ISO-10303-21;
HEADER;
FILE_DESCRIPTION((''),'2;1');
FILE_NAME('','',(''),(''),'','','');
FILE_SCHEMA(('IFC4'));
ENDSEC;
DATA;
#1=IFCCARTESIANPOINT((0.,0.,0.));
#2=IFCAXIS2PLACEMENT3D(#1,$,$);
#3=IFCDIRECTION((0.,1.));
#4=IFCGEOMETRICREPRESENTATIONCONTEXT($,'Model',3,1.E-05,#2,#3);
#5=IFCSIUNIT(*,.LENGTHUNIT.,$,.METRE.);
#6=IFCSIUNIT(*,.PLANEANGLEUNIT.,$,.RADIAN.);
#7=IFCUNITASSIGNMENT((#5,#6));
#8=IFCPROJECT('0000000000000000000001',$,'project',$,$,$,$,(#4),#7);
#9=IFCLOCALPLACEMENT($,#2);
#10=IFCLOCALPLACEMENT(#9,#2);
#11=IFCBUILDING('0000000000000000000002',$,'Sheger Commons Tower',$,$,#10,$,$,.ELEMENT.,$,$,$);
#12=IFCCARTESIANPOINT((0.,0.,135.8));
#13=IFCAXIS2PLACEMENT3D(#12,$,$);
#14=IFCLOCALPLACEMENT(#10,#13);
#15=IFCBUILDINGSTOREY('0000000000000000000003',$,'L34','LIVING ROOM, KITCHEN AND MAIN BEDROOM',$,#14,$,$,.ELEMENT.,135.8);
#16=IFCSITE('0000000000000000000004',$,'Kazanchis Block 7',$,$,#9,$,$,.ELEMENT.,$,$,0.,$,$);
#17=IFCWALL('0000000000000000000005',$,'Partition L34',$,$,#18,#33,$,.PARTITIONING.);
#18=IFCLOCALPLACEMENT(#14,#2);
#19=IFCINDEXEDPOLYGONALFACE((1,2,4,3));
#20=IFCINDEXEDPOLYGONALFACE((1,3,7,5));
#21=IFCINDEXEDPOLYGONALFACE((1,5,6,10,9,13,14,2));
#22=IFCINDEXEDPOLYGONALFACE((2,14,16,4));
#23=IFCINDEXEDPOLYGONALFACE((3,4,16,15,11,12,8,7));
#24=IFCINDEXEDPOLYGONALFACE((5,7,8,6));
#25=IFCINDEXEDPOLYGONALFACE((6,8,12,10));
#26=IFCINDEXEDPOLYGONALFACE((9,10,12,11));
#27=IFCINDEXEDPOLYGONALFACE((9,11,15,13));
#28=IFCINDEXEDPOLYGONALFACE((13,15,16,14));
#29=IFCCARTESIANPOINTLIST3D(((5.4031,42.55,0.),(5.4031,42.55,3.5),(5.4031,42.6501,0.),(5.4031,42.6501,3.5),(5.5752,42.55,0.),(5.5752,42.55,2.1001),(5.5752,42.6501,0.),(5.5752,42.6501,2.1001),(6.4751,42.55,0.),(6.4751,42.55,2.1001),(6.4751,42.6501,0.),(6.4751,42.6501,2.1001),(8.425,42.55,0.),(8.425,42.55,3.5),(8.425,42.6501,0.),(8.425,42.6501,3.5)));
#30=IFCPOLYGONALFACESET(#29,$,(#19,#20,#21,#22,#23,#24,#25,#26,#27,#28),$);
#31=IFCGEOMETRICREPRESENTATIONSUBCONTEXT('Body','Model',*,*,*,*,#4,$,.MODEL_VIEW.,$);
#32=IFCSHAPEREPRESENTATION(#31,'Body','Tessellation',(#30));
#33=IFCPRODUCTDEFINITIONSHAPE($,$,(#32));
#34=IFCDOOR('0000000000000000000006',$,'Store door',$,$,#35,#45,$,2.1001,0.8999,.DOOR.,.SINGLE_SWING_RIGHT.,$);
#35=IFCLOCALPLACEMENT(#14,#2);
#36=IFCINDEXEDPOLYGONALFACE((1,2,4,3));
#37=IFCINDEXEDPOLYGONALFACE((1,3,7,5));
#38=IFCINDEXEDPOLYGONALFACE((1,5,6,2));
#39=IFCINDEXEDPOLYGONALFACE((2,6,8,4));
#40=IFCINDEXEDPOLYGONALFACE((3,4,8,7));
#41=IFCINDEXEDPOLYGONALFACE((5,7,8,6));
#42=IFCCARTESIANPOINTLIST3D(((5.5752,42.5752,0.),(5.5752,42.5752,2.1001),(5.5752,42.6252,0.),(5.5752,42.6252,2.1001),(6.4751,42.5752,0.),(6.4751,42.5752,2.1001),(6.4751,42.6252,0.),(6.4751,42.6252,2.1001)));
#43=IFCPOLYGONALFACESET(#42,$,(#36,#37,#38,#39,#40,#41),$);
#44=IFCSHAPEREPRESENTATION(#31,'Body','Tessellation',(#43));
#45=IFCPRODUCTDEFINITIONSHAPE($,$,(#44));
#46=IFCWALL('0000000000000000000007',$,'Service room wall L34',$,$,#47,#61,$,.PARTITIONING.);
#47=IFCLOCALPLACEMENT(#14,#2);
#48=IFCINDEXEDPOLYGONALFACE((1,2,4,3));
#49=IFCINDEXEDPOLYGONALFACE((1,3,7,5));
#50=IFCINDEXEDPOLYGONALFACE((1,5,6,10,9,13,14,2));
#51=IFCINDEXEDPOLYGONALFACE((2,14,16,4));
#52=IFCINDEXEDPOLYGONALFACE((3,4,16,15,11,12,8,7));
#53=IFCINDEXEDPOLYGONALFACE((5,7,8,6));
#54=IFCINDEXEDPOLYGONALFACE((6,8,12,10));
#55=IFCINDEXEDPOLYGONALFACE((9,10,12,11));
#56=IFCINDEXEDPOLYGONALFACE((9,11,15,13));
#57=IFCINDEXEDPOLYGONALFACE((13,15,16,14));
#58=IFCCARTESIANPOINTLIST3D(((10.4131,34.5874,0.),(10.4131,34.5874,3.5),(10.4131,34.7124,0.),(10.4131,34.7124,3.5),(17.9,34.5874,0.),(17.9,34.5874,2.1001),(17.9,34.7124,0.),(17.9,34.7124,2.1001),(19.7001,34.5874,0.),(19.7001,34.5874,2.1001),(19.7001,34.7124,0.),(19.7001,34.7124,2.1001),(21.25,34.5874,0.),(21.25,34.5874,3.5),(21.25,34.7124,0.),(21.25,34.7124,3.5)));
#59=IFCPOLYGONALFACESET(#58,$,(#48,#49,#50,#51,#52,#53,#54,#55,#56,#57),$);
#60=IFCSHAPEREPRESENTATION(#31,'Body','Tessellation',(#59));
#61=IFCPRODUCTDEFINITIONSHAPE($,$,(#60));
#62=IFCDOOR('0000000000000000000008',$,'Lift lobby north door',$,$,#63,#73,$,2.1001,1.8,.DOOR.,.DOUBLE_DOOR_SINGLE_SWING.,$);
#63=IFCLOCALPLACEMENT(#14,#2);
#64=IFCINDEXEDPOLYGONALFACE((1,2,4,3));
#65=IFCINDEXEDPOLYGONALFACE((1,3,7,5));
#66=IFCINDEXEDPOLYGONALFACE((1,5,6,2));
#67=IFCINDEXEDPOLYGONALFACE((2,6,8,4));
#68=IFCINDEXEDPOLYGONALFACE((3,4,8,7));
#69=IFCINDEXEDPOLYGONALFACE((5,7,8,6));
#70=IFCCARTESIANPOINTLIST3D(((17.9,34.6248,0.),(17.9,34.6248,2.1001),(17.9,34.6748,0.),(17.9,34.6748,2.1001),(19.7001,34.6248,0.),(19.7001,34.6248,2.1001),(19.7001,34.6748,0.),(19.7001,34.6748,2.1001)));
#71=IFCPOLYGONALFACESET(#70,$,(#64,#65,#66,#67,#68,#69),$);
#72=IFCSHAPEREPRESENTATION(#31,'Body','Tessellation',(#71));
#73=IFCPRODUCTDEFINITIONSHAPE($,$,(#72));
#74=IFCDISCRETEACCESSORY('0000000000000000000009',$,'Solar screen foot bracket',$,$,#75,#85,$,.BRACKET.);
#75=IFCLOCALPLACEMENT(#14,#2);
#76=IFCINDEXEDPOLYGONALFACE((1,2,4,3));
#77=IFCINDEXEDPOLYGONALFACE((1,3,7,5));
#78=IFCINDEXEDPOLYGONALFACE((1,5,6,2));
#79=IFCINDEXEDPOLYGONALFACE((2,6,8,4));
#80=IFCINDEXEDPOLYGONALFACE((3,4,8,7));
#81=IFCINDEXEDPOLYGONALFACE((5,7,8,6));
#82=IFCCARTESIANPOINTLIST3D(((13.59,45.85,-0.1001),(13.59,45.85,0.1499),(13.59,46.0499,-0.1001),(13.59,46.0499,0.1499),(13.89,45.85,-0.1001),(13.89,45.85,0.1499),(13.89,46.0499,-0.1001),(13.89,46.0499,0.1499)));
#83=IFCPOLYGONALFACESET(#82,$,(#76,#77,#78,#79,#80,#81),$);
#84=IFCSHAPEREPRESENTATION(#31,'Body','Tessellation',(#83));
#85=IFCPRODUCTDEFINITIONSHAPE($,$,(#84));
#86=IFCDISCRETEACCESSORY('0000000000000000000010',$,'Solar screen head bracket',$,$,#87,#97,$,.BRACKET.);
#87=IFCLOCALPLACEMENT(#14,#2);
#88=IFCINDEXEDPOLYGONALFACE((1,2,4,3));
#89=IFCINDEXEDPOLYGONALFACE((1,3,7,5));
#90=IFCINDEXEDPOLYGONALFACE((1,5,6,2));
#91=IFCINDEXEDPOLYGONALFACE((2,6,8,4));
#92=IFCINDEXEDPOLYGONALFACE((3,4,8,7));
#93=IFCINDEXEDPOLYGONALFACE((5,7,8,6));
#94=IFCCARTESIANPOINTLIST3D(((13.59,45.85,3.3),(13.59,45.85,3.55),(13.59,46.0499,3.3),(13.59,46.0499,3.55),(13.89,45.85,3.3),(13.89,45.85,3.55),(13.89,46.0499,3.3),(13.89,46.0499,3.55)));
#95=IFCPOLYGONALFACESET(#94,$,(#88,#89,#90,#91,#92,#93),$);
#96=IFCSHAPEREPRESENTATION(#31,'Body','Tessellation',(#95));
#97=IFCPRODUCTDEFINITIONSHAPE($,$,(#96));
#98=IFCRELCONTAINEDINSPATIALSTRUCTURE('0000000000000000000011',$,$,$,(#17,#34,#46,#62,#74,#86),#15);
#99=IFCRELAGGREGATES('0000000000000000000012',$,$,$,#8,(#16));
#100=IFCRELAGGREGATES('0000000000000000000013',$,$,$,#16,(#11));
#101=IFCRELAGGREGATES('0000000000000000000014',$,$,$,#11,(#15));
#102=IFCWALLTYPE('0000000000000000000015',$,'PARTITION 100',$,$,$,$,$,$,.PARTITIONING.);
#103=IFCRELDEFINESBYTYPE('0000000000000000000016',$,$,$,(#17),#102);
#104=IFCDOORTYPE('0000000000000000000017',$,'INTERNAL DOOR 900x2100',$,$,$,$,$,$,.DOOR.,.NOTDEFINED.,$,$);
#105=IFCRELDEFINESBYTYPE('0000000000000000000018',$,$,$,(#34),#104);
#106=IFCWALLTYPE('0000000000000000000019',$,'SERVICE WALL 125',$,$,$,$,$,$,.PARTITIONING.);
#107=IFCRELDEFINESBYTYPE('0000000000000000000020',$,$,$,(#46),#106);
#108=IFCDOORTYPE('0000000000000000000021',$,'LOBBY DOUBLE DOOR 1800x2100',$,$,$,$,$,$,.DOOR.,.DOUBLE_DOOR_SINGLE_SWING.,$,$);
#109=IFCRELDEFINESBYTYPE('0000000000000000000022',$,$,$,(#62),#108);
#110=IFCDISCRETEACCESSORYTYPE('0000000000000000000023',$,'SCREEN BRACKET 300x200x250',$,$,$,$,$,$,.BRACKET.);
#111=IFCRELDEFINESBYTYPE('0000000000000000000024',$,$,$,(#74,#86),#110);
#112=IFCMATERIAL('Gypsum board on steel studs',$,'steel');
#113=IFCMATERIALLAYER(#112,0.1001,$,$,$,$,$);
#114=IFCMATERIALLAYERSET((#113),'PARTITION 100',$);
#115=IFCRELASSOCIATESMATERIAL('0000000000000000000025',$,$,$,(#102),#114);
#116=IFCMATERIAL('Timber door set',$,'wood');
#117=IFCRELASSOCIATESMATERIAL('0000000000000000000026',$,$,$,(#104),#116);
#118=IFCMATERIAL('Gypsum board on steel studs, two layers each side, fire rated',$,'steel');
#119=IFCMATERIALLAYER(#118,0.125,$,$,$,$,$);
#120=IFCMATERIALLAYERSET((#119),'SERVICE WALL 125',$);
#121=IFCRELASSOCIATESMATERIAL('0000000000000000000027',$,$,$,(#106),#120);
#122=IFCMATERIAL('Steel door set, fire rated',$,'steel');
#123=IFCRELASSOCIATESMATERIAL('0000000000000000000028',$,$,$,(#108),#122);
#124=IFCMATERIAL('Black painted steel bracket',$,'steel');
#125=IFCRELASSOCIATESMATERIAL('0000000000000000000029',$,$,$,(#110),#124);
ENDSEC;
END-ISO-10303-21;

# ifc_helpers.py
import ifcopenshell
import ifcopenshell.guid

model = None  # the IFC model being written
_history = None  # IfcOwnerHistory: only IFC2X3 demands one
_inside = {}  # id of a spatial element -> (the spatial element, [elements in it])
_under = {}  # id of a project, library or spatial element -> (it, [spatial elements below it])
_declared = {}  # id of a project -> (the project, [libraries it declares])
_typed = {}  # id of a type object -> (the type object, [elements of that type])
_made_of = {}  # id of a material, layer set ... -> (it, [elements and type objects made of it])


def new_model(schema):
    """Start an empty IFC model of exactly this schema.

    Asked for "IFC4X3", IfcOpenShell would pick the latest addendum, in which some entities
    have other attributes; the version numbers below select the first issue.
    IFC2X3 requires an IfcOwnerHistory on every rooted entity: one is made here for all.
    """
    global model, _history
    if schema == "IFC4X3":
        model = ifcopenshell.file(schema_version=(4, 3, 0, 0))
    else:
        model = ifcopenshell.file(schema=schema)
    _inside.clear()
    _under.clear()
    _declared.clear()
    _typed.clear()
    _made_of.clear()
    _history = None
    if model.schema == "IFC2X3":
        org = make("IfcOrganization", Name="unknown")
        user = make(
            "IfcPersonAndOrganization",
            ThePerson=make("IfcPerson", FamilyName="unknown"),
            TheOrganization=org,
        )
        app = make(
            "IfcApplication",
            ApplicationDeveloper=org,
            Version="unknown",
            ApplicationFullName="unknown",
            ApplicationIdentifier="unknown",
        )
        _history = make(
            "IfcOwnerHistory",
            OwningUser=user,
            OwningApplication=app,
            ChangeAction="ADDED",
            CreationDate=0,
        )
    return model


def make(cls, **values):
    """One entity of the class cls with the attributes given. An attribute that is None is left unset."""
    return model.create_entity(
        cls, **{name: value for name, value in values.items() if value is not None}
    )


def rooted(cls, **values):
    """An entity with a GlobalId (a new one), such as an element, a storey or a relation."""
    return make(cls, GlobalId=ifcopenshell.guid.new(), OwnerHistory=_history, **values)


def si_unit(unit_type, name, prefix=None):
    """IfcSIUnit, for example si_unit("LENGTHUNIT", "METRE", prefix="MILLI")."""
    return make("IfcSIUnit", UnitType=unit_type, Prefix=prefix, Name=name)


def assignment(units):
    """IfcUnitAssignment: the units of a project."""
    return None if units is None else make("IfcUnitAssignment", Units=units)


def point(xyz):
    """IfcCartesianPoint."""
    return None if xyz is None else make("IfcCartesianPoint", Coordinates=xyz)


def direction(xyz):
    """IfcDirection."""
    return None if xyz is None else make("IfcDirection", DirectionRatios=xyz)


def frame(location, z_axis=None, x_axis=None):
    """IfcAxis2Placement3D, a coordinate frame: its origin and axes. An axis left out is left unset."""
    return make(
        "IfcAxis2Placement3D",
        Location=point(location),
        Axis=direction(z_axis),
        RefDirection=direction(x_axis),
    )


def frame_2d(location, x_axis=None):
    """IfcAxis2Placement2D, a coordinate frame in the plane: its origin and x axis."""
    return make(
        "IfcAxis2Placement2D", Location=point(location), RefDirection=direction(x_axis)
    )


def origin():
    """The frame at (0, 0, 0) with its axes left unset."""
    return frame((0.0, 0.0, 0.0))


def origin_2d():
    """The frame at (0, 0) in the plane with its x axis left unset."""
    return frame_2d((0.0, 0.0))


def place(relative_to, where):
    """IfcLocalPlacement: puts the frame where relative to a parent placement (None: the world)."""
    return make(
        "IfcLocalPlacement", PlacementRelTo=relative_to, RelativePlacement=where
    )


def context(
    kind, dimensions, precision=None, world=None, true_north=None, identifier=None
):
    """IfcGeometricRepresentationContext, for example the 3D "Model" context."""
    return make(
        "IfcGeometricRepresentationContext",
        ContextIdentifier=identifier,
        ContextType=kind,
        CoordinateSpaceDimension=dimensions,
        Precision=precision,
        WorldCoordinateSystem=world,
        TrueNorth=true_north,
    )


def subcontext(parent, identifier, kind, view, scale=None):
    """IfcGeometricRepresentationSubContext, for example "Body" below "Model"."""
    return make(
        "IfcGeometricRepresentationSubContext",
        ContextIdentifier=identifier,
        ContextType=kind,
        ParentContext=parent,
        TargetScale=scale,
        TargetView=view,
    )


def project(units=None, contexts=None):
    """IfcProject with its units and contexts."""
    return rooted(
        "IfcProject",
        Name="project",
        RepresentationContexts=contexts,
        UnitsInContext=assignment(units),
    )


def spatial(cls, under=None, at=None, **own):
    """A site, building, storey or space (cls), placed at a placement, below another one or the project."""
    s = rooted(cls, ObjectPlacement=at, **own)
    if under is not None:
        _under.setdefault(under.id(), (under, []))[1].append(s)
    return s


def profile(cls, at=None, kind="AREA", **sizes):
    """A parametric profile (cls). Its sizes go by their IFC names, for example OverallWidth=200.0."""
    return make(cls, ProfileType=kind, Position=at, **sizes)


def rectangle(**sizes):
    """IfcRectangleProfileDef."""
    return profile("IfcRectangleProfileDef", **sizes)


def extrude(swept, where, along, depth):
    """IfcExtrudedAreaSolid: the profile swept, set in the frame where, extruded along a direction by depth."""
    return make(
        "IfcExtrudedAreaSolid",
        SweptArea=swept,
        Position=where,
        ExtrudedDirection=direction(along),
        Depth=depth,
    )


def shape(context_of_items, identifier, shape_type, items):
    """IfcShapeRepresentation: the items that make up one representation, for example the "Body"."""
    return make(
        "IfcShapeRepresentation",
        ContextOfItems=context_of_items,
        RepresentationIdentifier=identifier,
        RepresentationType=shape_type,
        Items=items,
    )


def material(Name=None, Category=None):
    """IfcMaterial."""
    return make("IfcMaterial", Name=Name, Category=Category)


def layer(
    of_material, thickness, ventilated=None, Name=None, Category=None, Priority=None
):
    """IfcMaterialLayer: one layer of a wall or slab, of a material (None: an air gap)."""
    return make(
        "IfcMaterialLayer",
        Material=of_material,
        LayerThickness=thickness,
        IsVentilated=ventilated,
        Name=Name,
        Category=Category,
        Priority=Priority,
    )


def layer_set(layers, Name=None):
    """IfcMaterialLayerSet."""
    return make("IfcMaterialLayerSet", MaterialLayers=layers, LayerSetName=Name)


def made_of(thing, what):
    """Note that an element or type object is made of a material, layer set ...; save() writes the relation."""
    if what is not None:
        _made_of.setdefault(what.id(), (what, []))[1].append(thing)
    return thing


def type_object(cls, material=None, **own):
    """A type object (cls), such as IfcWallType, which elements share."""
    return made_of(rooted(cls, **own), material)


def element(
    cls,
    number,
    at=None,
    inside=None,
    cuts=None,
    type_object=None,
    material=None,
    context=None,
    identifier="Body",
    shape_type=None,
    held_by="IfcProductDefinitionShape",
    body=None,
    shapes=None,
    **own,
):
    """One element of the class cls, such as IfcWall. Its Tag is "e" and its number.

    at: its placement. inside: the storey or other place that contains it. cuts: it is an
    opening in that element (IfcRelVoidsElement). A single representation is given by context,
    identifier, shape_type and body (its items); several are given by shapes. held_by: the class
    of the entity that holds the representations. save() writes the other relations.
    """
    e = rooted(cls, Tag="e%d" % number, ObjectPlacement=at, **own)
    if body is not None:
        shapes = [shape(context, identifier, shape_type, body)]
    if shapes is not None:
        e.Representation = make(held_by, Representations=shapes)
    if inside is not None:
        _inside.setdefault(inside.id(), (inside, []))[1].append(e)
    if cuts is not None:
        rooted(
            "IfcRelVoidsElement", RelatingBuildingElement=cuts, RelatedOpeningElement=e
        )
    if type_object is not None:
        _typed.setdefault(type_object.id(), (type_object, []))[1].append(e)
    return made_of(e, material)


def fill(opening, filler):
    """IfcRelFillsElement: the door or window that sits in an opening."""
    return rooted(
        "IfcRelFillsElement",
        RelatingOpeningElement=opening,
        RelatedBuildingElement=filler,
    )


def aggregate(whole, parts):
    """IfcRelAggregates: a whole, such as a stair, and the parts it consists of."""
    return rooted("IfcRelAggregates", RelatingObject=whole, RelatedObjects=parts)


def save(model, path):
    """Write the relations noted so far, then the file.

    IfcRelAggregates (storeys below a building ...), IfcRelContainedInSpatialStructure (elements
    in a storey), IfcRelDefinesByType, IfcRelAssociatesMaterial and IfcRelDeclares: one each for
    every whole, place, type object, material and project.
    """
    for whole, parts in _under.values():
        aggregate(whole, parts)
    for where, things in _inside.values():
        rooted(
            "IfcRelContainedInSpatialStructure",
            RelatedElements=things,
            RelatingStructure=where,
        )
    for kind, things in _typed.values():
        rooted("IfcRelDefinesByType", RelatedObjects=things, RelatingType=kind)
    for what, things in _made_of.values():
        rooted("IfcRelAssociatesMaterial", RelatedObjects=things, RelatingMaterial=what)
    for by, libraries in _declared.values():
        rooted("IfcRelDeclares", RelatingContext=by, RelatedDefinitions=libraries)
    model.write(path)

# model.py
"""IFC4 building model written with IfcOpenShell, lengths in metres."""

from ifc_helpers import new_model, si_unit, direction, frame, frame_2d, origin, origin_2d, place, context, subcontext, project, spatial, rectangle, extrude, material, layer, layer_set, type_object, element, fill, save


model = new_model("IFC4")

# Units and contexts
model_context = context("Model", 3, precision=1e-05, world=origin(), true_north=direction((0.0, 1.0)))
body_context = subcontext(model_context, "Body", "Model", "MODEL_VIEW")
ifc_project = project(units=[si_unit("LENGTHUNIT", "METRE"), si_unit("PLANEANGLEUNIT", "RADIAN")], contexts=[model_context])

# Site, building, storey
site_placement = place(None, origin())
site = spatial("IfcSite", under=ifc_project, at=site_placement, Name="Kazanchis Block 7", CompositionType="ELEMENT", RefElevation=0.0)
building_placement = place(site_placement, origin())
building = spatial("IfcBuilding", under=site, at=building_placement, Name="Sheger Commons Tower", CompositionType="ELEMENT")
storey_placement = place(building_placement, frame((0.0, 0.0, 135.8)))
storey = spatial("IfcBuildingStorey", under=building, at=storey_placement, Name="L34", Description="LIVING ROOM, KITCHEN AND MAIN BEDROOM", CompositionType="ELEMENT", Elevation=135.8)

# Shared definitions
ifc_material_1 = material(Name="Gypsum board on steel studs", Category="steel")
ifc_layer_1 = layer(ifc_material_1, 0.1001)
ifc_layer_set_1 = layer_set([ifc_layer_1], Name="PARTITION 100")
wall_type_1 = type_object("IfcWallType", Name="PARTITION 100", PredefinedType="PARTITIONING", material=ifc_layer_set_1)

# Walls, openings, doors
wall_1_placement = place(storey_placement, frame((8.425, 42.6001, 0.0), z_axis=(0.0, 0.0, 1.0), x_axis=(-1.0, 0.0, 0.0)))
wall_1 = element("IfcWall", 1, at=wall_1_placement, inside=storey, type_object=wall_type_1, Name="Partition L34", PredefinedType="PARTITIONING", context=body_context, shape_type="SweptSolid", body=[
    extrude(rectangle(XDim=3.022, YDim=0.1001, at=frame_2d((1.511, 0.0))), origin(), (0.0, 0.0, 1.0), 3.5),
])
opening_1_placement = place(wall_1_placement, frame((1.95, 0.0, 0.0)))
opening_1 = element("IfcOpeningElement", 2, at=opening_1_placement, cuts=wall_1, PredefinedType="OPENING", context=body_context, shape_type="SweptSolid", body=[
    extrude(rectangle(XDim=0.8999, YDim=2.1001, at=frame_2d((0.45, 1.05))), frame((0.0, 0.0601, 0.0), z_axis=(0.0, -1.0, 0.0), x_axis=(1.0, 0.0, 0.0)), (0.0, 0.0, 1.0), 0.1201),
])
ifc_material_2 = material(Name="Timber door set", Category="wood")
door_type_1 = type_object("IfcDoorType", Name="INTERNAL DOOR 900x2100", OperationType="NOTDEFINED", PredefinedType="DOOR", material=ifc_material_2)
door_1_placement = place(opening_1_placement, origin())
door_1 = element("IfcDoor", 3, at=door_1_placement, inside=storey, type_object=door_type_1, Name="Store door", OperationType="SINGLE_SWING_RIGHT", OverallHeight=2.1001, OverallWidth=0.8999, PredefinedType="DOOR", context=body_context, shape_type="SweptSolid", body=[
    extrude(rectangle(XDim=0.8999, YDim=2.1001, at=frame_2d((0.45, 1.05))), frame((0.0, 0.0249, 0.0), z_axis=(0.0, -1.0, 0.0), x_axis=(1.0, 0.0, 0.0)), (0.0, 0.0, 1.0), 0.05),
])
fill(opening_1, door_1)
ifc_material_3 = material(Name="Gypsum board on steel studs, two layers each side, fire rated", Category="steel")
ifc_layer_2 = layer(ifc_material_3, 0.125)
ifc_layer_set_2 = layer_set([ifc_layer_2], Name="SERVICE WALL 125")
wall_type_2 = type_object("IfcWallType", Name="SERVICE WALL 125", PredefinedType="PARTITIONING", material=ifc_layer_set_2)
wall_2_placement = place(storey_placement, frame((10.4131, 34.6499, 0.0), z_axis=(0.0, 0.0, 1.0), x_axis=(1.0, 0.0, 0.0)))
wall_2 = element("IfcWall", 4, at=wall_2_placement, inside=storey, type_object=wall_type_2, Name="Service room wall L34", PredefinedType="PARTITIONING", context=body_context, shape_type="SweptSolid", body=[
    extrude(rectangle(XDim=10.8369, YDim=0.125, at=frame_2d((5.4185, 0.0))), origin(), (0.0, 0.0, 1.0), 3.5),
])
opening_2_placement = place(wall_2_placement, frame((7.4871, 0.0, 0.0)))
opening_2 = element("IfcOpeningElement", 5, at=opening_2_placement, cuts=wall_2, PredefinedType="OPENING", context=body_context, shape_type="SweptSolid", body=[
    extrude(rectangle(XDim=1.8, YDim=2.1001, at=frame_2d((0.8999, 1.05))), frame((0.0, 0.0725, 0.0), z_axis=(0.0, -1.0, 0.0), x_axis=(1.0, 0.0, 0.0)), (0.0, 0.0, 1.0), 0.145),
])
ifc_material_4 = material(Name="Steel door set, fire rated", Category="steel")
door_type_2 = type_object("IfcDoorType", Name="LOBBY DOUBLE DOOR 1800x2100", OperationType="DOUBLE_DOOR_SINGLE_SWING", PredefinedType="DOOR", material=ifc_material_4)
door_2_placement = place(opening_2_placement, origin())
door_2 = element("IfcDoor", 6, at=door_2_placement, inside=storey, type_object=door_type_2, Name="Lift lobby north door", OperationType="DOUBLE_DOOR_SINGLE_SWING", OverallHeight=2.1001, OverallWidth=1.8, PredefinedType="DOOR", context=body_context, shape_type="SweptSolid", body=[
    extrude(rectangle(XDim=1.8, YDim=2.1001, at=frame_2d((0.8999, 1.05))), frame((0.0, 0.0249, 0.0), z_axis=(0.0, -1.0, 0.0), x_axis=(1.0, 0.0, 0.0)), (0.0, 0.0, 1.0), 0.05),
])
fill(opening_2, door_2)

# Discrete accessories
ifc_material_5 = material(Name="Black painted steel bracket", Category="steel")
discrete_accessory_type = type_object("IfcDiscreteAccessoryType", Name="SCREEN BRACKET 300x200x250", PredefinedType="BRACKET", material=ifc_material_5)
for number, where, z_axis, x_axis, name in (
    (7, (13.74, 45.95, -0.1001), (0.0, 0.0, 1.0), (-1.0, 0.0, 0.0), "Solar screen foot bracket"),
    (8, (13.74, 45.95, 3.3), (0.0, 0.0, 1.0), (-1.0, 0.0, 0.0), "Solar screen head bracket"),
):
    element("IfcDiscreteAccessory", number, at=place(storey_placement, frame(where, z_axis=z_axis, x_axis=x_axis)), inside=storey, type_object=discrete_accessory_type, Name=name, PredefinedType="BRACKET", context=body_context, shape_type="SweptSolid", body=[
        extrude(rectangle(XDim=0.3, YDim=0.2, at=origin_2d()), origin(), (0.0, 0.0, 1.0), 0.25),
    ])

save(model, "model.ifc")
